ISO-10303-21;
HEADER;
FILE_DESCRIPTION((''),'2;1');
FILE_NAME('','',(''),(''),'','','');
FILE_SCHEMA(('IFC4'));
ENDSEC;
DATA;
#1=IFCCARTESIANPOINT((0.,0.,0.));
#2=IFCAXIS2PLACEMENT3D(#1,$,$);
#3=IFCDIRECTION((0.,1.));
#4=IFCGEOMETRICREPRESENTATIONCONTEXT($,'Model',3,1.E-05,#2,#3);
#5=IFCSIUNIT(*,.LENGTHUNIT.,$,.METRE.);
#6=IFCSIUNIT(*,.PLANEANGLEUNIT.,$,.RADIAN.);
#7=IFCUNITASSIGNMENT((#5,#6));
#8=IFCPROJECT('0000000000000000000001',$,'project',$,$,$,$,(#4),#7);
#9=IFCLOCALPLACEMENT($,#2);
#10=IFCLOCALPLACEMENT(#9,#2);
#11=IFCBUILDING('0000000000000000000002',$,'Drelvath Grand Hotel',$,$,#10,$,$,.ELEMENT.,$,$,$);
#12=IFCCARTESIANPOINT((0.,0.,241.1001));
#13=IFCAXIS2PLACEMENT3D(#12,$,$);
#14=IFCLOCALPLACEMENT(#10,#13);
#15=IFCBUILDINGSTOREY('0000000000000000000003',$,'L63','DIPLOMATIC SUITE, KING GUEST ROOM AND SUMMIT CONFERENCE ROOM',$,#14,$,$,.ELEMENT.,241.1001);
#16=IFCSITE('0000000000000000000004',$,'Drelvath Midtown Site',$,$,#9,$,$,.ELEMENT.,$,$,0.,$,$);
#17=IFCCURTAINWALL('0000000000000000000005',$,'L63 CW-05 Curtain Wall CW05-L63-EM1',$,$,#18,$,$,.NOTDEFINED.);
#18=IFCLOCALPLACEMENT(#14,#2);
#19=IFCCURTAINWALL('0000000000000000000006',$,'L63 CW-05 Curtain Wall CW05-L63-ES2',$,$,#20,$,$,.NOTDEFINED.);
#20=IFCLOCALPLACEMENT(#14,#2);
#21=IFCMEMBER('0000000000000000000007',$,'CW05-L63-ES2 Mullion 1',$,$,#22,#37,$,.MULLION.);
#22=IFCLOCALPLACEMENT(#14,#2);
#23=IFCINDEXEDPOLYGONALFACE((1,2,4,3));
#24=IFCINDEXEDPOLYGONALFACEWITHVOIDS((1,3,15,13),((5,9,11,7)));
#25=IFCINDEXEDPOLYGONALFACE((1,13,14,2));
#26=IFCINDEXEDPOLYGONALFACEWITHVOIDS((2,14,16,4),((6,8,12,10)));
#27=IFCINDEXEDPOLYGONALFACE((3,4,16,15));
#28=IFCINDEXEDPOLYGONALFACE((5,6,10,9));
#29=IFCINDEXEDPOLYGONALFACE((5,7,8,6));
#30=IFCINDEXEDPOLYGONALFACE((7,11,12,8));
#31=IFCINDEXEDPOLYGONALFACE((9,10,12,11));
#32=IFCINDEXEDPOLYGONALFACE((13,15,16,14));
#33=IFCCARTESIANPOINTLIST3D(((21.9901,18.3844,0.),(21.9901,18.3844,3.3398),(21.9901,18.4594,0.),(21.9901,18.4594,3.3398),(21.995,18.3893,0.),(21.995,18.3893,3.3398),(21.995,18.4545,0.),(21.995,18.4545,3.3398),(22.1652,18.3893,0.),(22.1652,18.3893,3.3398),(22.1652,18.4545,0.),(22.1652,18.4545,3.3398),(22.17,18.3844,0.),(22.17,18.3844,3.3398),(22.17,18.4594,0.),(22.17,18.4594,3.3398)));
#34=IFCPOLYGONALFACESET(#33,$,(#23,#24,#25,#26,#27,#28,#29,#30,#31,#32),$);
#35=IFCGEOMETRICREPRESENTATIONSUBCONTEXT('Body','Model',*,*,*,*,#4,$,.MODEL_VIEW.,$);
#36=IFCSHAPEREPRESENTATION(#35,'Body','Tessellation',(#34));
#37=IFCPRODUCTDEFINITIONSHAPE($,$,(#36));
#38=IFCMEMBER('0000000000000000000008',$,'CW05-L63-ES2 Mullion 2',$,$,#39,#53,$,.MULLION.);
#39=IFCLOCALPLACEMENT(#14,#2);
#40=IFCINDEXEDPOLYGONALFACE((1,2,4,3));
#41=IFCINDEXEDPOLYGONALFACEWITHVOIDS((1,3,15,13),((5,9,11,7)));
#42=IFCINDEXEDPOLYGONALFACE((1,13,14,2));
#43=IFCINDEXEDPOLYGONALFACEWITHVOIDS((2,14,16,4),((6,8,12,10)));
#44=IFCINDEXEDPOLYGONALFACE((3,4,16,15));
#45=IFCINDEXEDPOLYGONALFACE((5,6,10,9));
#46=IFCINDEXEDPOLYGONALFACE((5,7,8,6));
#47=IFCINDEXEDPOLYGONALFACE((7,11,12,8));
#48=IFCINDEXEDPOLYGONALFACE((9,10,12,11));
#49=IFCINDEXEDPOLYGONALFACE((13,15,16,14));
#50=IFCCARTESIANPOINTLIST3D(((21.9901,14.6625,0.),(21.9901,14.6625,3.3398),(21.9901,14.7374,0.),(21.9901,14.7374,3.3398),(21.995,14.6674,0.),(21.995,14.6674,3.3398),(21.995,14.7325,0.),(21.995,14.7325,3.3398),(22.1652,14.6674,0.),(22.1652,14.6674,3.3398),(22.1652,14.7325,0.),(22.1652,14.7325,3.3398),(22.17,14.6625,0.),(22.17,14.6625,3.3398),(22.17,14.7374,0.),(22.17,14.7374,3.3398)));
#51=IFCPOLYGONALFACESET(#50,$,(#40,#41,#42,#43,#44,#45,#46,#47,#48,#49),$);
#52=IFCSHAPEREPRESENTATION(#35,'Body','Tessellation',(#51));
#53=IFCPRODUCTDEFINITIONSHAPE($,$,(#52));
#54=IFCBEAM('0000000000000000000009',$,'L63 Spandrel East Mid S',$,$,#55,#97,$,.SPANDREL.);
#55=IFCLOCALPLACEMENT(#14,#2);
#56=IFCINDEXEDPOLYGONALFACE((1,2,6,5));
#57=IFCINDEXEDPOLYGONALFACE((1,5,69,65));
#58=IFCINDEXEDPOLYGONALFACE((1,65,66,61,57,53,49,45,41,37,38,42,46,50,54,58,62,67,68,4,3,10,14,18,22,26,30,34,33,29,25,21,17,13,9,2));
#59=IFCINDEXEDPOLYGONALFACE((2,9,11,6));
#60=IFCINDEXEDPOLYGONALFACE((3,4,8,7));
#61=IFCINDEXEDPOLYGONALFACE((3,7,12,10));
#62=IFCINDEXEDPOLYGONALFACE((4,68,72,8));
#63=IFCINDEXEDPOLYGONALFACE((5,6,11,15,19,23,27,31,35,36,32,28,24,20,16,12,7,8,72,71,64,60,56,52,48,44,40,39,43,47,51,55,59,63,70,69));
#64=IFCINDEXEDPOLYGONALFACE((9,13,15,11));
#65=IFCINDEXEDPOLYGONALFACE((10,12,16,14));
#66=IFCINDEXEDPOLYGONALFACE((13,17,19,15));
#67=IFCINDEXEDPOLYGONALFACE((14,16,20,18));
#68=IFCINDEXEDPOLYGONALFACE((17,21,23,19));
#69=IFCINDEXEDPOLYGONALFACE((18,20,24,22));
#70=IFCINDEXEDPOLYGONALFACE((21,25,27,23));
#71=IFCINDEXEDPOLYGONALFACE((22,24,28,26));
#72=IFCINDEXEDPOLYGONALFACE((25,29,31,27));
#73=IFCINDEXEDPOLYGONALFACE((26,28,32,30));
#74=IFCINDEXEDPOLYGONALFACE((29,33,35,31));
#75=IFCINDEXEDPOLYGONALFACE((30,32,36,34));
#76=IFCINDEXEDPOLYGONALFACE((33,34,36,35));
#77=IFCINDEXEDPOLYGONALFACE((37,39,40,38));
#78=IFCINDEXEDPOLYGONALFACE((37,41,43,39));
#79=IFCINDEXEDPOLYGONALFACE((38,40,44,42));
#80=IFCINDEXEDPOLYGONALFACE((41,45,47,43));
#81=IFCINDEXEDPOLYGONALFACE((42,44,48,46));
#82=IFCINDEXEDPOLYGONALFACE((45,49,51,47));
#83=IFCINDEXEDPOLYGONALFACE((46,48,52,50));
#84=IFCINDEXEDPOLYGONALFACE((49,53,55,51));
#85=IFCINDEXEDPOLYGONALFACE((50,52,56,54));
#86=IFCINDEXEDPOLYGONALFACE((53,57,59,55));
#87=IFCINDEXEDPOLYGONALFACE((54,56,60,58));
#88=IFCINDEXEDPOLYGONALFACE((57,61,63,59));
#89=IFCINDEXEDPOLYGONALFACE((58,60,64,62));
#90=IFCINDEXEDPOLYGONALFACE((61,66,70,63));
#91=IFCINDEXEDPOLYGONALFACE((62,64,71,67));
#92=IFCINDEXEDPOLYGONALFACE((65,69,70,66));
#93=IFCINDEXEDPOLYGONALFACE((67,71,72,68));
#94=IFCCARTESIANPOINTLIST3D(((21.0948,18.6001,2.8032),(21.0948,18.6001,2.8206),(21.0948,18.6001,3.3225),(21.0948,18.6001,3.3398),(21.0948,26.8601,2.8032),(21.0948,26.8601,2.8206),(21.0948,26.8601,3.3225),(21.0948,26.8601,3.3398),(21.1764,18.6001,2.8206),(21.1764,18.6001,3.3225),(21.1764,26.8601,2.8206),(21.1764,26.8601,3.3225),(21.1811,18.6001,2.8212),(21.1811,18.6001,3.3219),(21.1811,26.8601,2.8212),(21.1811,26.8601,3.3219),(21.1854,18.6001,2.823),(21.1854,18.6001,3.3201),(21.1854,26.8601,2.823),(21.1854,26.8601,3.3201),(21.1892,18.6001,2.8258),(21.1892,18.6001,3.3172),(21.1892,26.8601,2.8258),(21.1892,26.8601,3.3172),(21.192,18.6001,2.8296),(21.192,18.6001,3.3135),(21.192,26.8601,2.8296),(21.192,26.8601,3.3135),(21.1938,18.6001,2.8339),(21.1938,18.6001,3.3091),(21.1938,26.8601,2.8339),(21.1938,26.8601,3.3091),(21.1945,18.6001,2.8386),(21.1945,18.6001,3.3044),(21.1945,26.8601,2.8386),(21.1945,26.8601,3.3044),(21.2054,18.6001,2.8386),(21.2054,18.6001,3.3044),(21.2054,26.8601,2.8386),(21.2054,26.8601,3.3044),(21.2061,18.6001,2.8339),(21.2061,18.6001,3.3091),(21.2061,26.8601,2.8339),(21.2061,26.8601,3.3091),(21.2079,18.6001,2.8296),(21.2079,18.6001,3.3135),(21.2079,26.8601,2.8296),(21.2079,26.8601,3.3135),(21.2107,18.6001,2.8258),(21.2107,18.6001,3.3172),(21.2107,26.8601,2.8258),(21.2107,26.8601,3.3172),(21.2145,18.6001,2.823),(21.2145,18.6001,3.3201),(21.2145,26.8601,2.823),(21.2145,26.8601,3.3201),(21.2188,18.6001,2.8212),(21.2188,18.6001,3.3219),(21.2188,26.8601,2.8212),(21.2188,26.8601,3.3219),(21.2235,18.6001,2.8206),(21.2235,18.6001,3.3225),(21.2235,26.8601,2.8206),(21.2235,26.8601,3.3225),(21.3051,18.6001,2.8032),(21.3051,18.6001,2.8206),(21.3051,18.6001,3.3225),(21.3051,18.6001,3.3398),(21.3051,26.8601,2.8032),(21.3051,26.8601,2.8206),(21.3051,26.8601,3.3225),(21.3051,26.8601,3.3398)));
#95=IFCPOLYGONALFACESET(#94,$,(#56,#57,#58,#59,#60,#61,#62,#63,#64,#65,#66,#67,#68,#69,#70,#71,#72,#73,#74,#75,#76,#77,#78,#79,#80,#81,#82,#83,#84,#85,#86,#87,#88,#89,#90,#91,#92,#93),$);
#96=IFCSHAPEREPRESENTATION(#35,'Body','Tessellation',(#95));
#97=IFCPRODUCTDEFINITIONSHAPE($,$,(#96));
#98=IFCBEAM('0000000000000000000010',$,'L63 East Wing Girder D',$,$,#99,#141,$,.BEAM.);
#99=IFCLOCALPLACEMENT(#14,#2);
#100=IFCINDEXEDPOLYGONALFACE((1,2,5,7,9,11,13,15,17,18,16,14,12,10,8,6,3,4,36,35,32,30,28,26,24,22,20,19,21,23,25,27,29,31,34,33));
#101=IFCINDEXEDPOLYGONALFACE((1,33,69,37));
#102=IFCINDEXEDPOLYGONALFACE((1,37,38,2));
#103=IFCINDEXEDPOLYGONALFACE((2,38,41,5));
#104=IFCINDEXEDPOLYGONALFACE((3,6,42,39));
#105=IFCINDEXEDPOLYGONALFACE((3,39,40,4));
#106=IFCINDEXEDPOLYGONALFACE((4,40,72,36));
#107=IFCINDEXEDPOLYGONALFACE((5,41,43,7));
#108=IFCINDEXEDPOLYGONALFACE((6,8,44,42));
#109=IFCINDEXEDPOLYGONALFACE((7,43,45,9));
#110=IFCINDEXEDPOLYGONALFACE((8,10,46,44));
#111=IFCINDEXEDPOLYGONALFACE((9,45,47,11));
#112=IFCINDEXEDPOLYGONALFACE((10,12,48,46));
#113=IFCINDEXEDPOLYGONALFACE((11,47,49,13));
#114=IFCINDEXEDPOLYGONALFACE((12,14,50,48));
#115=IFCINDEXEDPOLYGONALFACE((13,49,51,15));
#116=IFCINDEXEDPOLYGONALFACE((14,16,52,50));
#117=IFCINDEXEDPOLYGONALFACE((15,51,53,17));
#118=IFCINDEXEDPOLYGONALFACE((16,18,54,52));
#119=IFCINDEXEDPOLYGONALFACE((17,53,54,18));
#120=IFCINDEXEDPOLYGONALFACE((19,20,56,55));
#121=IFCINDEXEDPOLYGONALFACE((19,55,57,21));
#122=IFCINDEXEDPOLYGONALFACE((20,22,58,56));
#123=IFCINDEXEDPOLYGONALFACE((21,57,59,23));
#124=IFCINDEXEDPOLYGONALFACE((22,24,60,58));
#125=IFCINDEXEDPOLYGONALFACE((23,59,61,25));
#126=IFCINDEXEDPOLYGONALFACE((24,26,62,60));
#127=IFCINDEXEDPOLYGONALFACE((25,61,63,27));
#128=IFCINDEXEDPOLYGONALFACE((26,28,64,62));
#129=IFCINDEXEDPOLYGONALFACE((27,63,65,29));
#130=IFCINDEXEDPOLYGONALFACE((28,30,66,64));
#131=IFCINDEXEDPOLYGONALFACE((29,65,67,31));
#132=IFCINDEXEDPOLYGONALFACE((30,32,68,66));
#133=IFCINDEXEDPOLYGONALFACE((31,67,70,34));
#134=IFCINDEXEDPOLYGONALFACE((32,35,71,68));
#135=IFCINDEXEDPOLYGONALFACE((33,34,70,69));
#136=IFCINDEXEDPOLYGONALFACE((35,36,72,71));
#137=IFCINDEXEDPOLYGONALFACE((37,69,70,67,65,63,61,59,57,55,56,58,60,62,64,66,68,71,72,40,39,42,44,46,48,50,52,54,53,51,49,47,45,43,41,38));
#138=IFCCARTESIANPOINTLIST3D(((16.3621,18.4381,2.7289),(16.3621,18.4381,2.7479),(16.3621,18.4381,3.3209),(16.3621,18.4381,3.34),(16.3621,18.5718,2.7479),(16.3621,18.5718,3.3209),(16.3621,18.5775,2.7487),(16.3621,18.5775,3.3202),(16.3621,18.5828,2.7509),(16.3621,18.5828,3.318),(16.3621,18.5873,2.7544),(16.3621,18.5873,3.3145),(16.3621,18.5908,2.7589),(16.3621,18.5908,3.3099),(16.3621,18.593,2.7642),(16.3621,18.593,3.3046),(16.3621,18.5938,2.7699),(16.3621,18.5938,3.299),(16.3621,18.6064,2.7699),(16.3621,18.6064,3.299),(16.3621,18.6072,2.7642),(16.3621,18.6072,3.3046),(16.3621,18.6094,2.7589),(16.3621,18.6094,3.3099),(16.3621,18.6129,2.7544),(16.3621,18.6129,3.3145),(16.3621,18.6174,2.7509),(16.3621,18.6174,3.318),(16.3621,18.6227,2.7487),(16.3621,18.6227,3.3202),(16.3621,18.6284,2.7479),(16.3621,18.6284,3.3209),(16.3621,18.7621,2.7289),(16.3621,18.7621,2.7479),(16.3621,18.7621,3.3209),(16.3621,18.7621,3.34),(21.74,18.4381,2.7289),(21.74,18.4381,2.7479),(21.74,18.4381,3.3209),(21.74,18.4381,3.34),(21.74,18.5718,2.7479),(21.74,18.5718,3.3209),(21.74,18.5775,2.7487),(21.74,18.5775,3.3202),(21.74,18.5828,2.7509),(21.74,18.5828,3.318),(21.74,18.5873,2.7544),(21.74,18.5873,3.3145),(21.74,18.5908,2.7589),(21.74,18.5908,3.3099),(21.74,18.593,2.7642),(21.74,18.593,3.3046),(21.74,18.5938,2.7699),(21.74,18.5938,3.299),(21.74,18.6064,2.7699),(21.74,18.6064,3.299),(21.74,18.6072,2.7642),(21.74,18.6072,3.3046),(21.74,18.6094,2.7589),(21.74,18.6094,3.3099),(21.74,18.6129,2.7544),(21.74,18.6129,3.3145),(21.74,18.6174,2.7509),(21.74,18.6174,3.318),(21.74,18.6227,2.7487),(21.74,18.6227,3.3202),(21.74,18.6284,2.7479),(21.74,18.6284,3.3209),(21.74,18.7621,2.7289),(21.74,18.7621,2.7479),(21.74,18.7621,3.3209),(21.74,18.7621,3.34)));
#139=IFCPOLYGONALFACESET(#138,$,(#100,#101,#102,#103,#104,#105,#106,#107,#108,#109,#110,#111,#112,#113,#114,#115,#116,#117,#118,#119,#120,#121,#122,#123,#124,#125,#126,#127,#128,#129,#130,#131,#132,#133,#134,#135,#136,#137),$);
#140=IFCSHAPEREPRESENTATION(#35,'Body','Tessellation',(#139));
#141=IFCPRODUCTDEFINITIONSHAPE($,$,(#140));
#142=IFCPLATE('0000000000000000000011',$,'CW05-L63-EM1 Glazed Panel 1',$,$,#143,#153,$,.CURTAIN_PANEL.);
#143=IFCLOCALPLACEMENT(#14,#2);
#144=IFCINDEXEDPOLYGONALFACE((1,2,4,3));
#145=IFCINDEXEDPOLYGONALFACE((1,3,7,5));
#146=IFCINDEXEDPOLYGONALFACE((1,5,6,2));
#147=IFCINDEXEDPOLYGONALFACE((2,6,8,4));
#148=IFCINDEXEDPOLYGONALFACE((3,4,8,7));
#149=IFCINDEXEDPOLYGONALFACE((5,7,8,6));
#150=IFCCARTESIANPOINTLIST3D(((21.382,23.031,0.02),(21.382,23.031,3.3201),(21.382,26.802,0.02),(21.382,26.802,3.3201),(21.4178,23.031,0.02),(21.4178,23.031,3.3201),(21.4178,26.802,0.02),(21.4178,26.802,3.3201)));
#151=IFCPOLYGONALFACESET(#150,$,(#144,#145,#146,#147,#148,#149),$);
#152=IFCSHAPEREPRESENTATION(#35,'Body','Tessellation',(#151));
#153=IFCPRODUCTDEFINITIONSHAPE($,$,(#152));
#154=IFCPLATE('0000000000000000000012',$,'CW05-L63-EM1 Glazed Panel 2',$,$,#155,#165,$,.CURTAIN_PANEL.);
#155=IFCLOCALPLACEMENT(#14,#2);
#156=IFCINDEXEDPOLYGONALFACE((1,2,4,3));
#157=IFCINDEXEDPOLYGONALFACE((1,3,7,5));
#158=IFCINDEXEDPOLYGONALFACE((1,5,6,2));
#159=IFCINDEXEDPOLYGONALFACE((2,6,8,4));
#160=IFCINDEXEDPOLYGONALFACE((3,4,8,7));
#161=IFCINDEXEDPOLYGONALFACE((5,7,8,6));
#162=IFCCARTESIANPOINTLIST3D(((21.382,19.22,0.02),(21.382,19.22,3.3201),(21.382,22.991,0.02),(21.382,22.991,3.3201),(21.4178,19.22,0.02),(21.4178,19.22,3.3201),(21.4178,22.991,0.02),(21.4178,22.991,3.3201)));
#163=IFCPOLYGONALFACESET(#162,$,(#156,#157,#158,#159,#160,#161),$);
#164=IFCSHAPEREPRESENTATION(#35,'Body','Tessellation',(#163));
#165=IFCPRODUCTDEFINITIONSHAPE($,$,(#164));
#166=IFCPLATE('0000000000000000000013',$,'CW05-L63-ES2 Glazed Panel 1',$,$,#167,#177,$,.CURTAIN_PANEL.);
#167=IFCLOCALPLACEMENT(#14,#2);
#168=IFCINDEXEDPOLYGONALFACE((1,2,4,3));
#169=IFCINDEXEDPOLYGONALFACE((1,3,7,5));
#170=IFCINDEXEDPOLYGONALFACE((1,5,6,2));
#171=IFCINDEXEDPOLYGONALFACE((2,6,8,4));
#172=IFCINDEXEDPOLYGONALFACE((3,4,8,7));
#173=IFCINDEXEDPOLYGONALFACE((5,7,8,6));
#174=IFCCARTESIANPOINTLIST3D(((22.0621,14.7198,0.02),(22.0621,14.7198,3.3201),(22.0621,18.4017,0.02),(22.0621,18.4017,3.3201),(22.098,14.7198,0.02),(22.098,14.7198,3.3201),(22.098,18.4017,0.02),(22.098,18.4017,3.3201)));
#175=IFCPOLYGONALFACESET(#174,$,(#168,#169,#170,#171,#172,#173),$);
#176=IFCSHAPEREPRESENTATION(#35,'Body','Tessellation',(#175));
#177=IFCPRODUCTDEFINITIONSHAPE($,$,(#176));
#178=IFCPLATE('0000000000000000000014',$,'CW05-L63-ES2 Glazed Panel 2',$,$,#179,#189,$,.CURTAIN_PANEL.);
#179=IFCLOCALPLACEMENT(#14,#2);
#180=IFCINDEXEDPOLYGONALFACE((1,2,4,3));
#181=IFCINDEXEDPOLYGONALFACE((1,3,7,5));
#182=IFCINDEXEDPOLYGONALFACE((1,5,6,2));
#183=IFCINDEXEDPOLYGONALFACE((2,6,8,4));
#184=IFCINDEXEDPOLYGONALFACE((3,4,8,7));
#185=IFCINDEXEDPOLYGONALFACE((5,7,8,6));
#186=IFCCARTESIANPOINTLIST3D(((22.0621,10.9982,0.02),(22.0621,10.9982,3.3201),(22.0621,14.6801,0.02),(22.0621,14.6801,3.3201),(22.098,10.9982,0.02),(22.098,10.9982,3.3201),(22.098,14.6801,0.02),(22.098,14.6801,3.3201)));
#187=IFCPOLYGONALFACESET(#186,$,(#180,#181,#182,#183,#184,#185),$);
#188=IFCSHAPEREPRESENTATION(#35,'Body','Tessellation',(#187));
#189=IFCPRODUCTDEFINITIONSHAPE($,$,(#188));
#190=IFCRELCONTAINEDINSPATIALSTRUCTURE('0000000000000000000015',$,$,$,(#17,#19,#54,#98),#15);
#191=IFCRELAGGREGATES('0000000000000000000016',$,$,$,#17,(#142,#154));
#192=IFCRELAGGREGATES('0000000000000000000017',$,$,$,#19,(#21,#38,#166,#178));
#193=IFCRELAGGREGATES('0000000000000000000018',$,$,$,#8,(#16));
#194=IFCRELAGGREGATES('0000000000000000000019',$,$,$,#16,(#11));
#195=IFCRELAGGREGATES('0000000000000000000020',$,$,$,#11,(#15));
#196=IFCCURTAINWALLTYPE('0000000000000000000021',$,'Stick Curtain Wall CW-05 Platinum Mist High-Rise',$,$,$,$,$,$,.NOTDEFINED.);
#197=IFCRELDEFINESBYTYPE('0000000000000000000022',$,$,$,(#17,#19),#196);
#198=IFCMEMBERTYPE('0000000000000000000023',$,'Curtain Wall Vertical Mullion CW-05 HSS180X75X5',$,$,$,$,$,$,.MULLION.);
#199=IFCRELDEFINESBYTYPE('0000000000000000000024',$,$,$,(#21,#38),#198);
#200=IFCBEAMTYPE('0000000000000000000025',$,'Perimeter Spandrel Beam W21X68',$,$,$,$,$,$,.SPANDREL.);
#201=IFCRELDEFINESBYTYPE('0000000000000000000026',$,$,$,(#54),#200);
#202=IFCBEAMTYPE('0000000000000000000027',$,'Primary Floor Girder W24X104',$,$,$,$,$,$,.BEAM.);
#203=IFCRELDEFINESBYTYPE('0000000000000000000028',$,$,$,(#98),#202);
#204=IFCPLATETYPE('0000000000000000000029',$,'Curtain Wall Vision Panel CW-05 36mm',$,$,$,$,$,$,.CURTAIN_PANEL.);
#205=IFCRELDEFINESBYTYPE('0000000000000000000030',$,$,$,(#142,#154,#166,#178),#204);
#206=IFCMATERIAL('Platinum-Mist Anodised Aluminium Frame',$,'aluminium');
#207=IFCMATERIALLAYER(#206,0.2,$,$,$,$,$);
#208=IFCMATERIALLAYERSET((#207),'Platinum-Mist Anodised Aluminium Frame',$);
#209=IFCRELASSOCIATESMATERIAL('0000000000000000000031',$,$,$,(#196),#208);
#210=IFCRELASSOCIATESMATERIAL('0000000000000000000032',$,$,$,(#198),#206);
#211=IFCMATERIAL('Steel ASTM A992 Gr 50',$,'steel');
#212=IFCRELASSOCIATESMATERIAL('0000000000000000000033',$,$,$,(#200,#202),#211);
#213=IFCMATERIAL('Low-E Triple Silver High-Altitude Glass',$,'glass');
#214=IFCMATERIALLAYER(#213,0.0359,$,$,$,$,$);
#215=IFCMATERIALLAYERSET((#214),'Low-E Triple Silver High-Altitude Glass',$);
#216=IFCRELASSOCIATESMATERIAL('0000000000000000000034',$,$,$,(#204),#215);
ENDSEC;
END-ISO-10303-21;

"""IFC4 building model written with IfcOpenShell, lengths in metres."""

from ifc_helpers import new_model, si_unit, direction, frame, origin, origin_2d, place, context, subcontext, project, spatial, rectangle, hollow_rectangle, i_section, extrude, material, layer, layer_set, material_profile, profile_set, type_object, element, aggregate, save


model = new_model("IFC4")

# Units and contexts
model_context = context("Model", 3, precision=1e-05, world=origin(), true_north=direction((0.0, 1.0)))
body_context = subcontext(model_context, "Body", "Model", "MODEL_VIEW")
ifc_project = project(units=[si_unit("LENGTHUNIT", "METRE"), si_unit("PLANEANGLEUNIT", "RADIAN")], contexts=[model_context])

# Site, building, storey
site_placement = place(None, origin())
site = spatial("IfcSite", under=ifc_project, at=site_placement, Name="Drelvath Midtown Site", CompositionType="ELEMENT", RefElevation=0.0)
building_placement = place(site_placement, origin())
building = spatial("IfcBuilding", under=site, at=building_placement, Name="Drelvath Grand Hotel", CompositionType="ELEMENT")
storey_placement = place(building_placement, frame((0.0, 0.0, 241.1001)))
storey = spatial("IfcBuildingStorey", under=building, at=storey_placement, Name="L63", Description="DIPLOMATIC SUITE, KING GUEST ROOM AND SUMMIT CONFERENCE ROOM", CompositionType="ELEMENT", Elevation=241.1001)

# Curtain walls
ifc_material_1 = material(Name="Platinum-Mist Anodised Aluminium Frame", Category="aluminium")
ifc_layer_1 = layer(ifc_material_1, 0.2)
ifc_layer_set_1 = layer_set([ifc_layer_1], Name="Platinum-Mist Anodised Aluminium Frame")
curtain_wall_type = type_object("IfcCurtainWallType", Name="Stick Curtain Wall CW-05 Platinum Mist High-Rise", PredefinedType="NOTDEFINED", material=ifc_layer_set_1)
curtain_wall_1_placement = place(storey_placement, origin())
curtain_wall_1 = element("IfcCurtainWall", 1, at=curtain_wall_1_placement, inside=storey, type_object=curtain_wall_type, Name="L63 CW-05 Curtain Wall CW05-L63-EM1", PredefinedType="NOTDEFINED")
curtain_wall_2_placement = place(storey_placement, origin())
curtain_wall_2 = element("IfcCurtainWall", 2, at=curtain_wall_2_placement, inside=storey, type_object=curtain_wall_type, Name="L63 CW-05 Curtain Wall CW05-L63-ES2", PredefinedType="NOTDEFINED")

# Members
ifc_material_profile_1 = material_profile(ifc_material_1, hollow_rectangle(XDim=0.075, YDim=0.1799, WallThickness=0.0049, at=origin_2d()), Name="HSS180X75X5")
ifc_profile_set_1 = profile_set([ifc_material_profile_1], Name="Platinum-Mist Anodised Aluminium Frame")
member_type_1 = type_object("IfcMemberType", Name="Curtain Wall Vertical Mullion CW-05 HSS180X75X5", PredefinedType="MULLION", material=ifc_profile_set_1)
member_1_placement = place(storey_placement, frame((22.0801, 18.4219, 0.0), z_axis=(0.0, 0.0, 1.0), x_axis=(0.0, 1.0, 0.0)))
member_1 = element("IfcMember", 3, at=member_1_placement, type_object=member_type_1, Name="CW05-L63-ES2 Mullion 1", PredefinedType="MULLION", context=body_context, shape_type="SweptSolid", body=[
    extrude(hollow_rectangle(XDim=0.075, YDim=0.1799, WallThickness=0.0049, at=origin_2d()), origin(), (0.0, 0.0, 1.0), 3.3398),
])
member_2_placement = place(storey_placement, frame((22.0801, 14.7, 0.0), z_axis=(0.0, 0.0, 1.0), x_axis=(0.0, 1.0, 0.0)))
member_2 = element("IfcMember", 4, at=member_2_placement, type_object=member_type_1, Name="CW05-L63-ES2 Mullion 2", PredefinedType="MULLION", context=body_context, shape_type="SweptSolid", body=[
    extrude(hollow_rectangle(XDim=0.075, YDim=0.1799, WallThickness=0.0049, at=origin_2d()), origin(), (0.0, 0.0, 1.0), 3.3398),
])

# Beams
ifc_material_2 = material(Name="Steel ASTM A992 Gr 50", Category="steel")
ifc_material_profile_2 = material_profile(ifc_material_2, i_section(OverallWidth=0.2102, OverallDepth=0.5366, WebThickness=0.011, FlangeThickness=0.0173, FilletRadius=0.0181, at=origin_2d()), Name="W21X68")
ifc_profile_set_2 = profile_set([ifc_material_profile_2], Name="Steel ASTM A992 Gr 50")
beam_type_1 = type_object("IfcBeamType", Name="Perimeter Spandrel Beam W21X68", PredefinedType="SPANDREL", material=ifc_profile_set_2)
beam_1_placement = place(storey_placement, frame((21.2, 18.6001, 3.0715), z_axis=(0.0, 1.0, 0.0), x_axis=(-1.0, 0.0, 0.0)))
element("IfcBeam", 5, at=beam_1_placement, inside=storey, type_object=beam_type_1, Name="L63 Spandrel East Mid S", PredefinedType="SPANDREL", context=body_context, shape_type="SweptSolid", body=[
    extrude(i_section(OverallWidth=0.2102, OverallDepth=0.5366, WebThickness=0.011, FlangeThickness=0.0173, FilletRadius=0.0181, at=origin_2d()), origin(), (0.0, 0.0, 1.0), 8.26),
])
ifc_material_profile_3 = material_profile(ifc_material_2, i_section(OverallWidth=0.324, OverallDepth=0.6111, WebThickness=0.0127, FlangeThickness=0.019, FilletRadius=0.022, at=origin_2d()), Name="W24X104")
ifc_profile_set_3 = profile_set([ifc_material_profile_3], Name="Steel ASTM A992 Gr 50")
beam_type_2 = type_object("IfcBeamType", Name="Primary Floor Girder W24X104", PredefinedType="BEAM", material=ifc_profile_set_3)
beam_2_placement = place(storey_placement, frame((16.3621, 18.6001, 3.0344), z_axis=(1.0, 0.0, 0.0), x_axis=(0.0, 1.0, 0.0)))
element("IfcBeam", 6, at=beam_2_placement, inside=storey, type_object=beam_type_2, Name="L63 East Wing Girder D", PredefinedType="BEAM", context=body_context, shape_type="SweptSolid", body=[
    extrude(i_section(OverallWidth=0.324, OverallDepth=0.6111, WebThickness=0.0127, FlangeThickness=0.019, FilletRadius=0.022, at=origin_2d()), origin(), (0.0, 0.0, 1.0), 5.3779),
])

# Plates
ifc_material_3 = material(Name="Low-E Triple Silver High-Altitude Glass", Category="glass")
ifc_layer_2 = layer(ifc_material_3, 0.0359)
ifc_layer_set_2 = layer_set([ifc_layer_2], Name="Low-E Triple Silver High-Altitude Glass")
plate_type = type_object("IfcPlateType", Name="Curtain Wall Vision Panel CW-05 36mm", PredefinedType="CURTAIN_PANEL", material=ifc_layer_set_2)
plate_1_placement = place(storey_placement, frame((21.3999, 24.9165, 0.02), z_axis=(0.0, 0.0, 1.0), x_axis=(0.0, -1.0, 0.0)))
plate_1 = element("IfcPlate", 7, at=plate_1_placement, type_object=plate_type, Name="CW05-L63-EM1 Glazed Panel 1", PredefinedType="CURTAIN_PANEL", context=body_context, shape_type="SweptSolid", body=[
    extrude(rectangle(XDim=3.771, YDim=0.0359, at=origin_2d()), origin(), (0.0, 0.0, 1.0), 3.3),
])
plate_2_placement = place(storey_placement, frame((21.3999, 21.1055, 0.02), z_axis=(0.0, 0.0, 1.0), x_axis=(0.0, -1.0, 0.0)))
plate_2 = element("IfcPlate", 8, at=plate_2_placement, type_object=plate_type, Name="CW05-L63-EM1 Glazed Panel 2", PredefinedType="CURTAIN_PANEL", context=body_context, shape_type="SweptSolid", body=[
    extrude(rectangle(XDim=3.771, YDim=0.0359, at=origin_2d()), origin(), (0.0, 0.0, 1.0), 3.3),
])
aggregate(curtain_wall_1, [plate_1, plate_2])
plate_3_placement = place(storey_placement, frame((22.0801, 16.5608, 0.02), z_axis=(0.0, 0.0, 1.0), x_axis=(0.0, -1.0, 0.0)))
plate_3 = element("IfcPlate", 9, at=plate_3_placement, type_object=plate_type, Name="CW05-L63-ES2 Glazed Panel 1", PredefinedType="CURTAIN_PANEL", context=body_context, shape_type="SweptSolid", body=[
    extrude(rectangle(XDim=3.6819, YDim=0.0359, at=origin_2d()), origin(), (0.0, 0.0, 1.0), 3.3),
])
plate_4_placement = place(storey_placement, frame((22.0801, 12.8391, 0.02), z_axis=(0.0, 0.0, 1.0), x_axis=(0.0, -1.0, 0.0)))
plate_4 = element("IfcPlate", 10, at=plate_4_placement, type_object=plate_type, Name="CW05-L63-ES2 Glazed Panel 2", PredefinedType="CURTAIN_PANEL", context=body_context, shape_type="SweptSolid", body=[
    extrude(rectangle(XDim=3.6819, YDim=0.0359, at=origin_2d()), origin(), (0.0, 0.0, 1.0), 3.3),
])
aggregate(curtain_wall_2, [member_1, member_2, plate_3, plate_4])

save(model, "model.ifc")
